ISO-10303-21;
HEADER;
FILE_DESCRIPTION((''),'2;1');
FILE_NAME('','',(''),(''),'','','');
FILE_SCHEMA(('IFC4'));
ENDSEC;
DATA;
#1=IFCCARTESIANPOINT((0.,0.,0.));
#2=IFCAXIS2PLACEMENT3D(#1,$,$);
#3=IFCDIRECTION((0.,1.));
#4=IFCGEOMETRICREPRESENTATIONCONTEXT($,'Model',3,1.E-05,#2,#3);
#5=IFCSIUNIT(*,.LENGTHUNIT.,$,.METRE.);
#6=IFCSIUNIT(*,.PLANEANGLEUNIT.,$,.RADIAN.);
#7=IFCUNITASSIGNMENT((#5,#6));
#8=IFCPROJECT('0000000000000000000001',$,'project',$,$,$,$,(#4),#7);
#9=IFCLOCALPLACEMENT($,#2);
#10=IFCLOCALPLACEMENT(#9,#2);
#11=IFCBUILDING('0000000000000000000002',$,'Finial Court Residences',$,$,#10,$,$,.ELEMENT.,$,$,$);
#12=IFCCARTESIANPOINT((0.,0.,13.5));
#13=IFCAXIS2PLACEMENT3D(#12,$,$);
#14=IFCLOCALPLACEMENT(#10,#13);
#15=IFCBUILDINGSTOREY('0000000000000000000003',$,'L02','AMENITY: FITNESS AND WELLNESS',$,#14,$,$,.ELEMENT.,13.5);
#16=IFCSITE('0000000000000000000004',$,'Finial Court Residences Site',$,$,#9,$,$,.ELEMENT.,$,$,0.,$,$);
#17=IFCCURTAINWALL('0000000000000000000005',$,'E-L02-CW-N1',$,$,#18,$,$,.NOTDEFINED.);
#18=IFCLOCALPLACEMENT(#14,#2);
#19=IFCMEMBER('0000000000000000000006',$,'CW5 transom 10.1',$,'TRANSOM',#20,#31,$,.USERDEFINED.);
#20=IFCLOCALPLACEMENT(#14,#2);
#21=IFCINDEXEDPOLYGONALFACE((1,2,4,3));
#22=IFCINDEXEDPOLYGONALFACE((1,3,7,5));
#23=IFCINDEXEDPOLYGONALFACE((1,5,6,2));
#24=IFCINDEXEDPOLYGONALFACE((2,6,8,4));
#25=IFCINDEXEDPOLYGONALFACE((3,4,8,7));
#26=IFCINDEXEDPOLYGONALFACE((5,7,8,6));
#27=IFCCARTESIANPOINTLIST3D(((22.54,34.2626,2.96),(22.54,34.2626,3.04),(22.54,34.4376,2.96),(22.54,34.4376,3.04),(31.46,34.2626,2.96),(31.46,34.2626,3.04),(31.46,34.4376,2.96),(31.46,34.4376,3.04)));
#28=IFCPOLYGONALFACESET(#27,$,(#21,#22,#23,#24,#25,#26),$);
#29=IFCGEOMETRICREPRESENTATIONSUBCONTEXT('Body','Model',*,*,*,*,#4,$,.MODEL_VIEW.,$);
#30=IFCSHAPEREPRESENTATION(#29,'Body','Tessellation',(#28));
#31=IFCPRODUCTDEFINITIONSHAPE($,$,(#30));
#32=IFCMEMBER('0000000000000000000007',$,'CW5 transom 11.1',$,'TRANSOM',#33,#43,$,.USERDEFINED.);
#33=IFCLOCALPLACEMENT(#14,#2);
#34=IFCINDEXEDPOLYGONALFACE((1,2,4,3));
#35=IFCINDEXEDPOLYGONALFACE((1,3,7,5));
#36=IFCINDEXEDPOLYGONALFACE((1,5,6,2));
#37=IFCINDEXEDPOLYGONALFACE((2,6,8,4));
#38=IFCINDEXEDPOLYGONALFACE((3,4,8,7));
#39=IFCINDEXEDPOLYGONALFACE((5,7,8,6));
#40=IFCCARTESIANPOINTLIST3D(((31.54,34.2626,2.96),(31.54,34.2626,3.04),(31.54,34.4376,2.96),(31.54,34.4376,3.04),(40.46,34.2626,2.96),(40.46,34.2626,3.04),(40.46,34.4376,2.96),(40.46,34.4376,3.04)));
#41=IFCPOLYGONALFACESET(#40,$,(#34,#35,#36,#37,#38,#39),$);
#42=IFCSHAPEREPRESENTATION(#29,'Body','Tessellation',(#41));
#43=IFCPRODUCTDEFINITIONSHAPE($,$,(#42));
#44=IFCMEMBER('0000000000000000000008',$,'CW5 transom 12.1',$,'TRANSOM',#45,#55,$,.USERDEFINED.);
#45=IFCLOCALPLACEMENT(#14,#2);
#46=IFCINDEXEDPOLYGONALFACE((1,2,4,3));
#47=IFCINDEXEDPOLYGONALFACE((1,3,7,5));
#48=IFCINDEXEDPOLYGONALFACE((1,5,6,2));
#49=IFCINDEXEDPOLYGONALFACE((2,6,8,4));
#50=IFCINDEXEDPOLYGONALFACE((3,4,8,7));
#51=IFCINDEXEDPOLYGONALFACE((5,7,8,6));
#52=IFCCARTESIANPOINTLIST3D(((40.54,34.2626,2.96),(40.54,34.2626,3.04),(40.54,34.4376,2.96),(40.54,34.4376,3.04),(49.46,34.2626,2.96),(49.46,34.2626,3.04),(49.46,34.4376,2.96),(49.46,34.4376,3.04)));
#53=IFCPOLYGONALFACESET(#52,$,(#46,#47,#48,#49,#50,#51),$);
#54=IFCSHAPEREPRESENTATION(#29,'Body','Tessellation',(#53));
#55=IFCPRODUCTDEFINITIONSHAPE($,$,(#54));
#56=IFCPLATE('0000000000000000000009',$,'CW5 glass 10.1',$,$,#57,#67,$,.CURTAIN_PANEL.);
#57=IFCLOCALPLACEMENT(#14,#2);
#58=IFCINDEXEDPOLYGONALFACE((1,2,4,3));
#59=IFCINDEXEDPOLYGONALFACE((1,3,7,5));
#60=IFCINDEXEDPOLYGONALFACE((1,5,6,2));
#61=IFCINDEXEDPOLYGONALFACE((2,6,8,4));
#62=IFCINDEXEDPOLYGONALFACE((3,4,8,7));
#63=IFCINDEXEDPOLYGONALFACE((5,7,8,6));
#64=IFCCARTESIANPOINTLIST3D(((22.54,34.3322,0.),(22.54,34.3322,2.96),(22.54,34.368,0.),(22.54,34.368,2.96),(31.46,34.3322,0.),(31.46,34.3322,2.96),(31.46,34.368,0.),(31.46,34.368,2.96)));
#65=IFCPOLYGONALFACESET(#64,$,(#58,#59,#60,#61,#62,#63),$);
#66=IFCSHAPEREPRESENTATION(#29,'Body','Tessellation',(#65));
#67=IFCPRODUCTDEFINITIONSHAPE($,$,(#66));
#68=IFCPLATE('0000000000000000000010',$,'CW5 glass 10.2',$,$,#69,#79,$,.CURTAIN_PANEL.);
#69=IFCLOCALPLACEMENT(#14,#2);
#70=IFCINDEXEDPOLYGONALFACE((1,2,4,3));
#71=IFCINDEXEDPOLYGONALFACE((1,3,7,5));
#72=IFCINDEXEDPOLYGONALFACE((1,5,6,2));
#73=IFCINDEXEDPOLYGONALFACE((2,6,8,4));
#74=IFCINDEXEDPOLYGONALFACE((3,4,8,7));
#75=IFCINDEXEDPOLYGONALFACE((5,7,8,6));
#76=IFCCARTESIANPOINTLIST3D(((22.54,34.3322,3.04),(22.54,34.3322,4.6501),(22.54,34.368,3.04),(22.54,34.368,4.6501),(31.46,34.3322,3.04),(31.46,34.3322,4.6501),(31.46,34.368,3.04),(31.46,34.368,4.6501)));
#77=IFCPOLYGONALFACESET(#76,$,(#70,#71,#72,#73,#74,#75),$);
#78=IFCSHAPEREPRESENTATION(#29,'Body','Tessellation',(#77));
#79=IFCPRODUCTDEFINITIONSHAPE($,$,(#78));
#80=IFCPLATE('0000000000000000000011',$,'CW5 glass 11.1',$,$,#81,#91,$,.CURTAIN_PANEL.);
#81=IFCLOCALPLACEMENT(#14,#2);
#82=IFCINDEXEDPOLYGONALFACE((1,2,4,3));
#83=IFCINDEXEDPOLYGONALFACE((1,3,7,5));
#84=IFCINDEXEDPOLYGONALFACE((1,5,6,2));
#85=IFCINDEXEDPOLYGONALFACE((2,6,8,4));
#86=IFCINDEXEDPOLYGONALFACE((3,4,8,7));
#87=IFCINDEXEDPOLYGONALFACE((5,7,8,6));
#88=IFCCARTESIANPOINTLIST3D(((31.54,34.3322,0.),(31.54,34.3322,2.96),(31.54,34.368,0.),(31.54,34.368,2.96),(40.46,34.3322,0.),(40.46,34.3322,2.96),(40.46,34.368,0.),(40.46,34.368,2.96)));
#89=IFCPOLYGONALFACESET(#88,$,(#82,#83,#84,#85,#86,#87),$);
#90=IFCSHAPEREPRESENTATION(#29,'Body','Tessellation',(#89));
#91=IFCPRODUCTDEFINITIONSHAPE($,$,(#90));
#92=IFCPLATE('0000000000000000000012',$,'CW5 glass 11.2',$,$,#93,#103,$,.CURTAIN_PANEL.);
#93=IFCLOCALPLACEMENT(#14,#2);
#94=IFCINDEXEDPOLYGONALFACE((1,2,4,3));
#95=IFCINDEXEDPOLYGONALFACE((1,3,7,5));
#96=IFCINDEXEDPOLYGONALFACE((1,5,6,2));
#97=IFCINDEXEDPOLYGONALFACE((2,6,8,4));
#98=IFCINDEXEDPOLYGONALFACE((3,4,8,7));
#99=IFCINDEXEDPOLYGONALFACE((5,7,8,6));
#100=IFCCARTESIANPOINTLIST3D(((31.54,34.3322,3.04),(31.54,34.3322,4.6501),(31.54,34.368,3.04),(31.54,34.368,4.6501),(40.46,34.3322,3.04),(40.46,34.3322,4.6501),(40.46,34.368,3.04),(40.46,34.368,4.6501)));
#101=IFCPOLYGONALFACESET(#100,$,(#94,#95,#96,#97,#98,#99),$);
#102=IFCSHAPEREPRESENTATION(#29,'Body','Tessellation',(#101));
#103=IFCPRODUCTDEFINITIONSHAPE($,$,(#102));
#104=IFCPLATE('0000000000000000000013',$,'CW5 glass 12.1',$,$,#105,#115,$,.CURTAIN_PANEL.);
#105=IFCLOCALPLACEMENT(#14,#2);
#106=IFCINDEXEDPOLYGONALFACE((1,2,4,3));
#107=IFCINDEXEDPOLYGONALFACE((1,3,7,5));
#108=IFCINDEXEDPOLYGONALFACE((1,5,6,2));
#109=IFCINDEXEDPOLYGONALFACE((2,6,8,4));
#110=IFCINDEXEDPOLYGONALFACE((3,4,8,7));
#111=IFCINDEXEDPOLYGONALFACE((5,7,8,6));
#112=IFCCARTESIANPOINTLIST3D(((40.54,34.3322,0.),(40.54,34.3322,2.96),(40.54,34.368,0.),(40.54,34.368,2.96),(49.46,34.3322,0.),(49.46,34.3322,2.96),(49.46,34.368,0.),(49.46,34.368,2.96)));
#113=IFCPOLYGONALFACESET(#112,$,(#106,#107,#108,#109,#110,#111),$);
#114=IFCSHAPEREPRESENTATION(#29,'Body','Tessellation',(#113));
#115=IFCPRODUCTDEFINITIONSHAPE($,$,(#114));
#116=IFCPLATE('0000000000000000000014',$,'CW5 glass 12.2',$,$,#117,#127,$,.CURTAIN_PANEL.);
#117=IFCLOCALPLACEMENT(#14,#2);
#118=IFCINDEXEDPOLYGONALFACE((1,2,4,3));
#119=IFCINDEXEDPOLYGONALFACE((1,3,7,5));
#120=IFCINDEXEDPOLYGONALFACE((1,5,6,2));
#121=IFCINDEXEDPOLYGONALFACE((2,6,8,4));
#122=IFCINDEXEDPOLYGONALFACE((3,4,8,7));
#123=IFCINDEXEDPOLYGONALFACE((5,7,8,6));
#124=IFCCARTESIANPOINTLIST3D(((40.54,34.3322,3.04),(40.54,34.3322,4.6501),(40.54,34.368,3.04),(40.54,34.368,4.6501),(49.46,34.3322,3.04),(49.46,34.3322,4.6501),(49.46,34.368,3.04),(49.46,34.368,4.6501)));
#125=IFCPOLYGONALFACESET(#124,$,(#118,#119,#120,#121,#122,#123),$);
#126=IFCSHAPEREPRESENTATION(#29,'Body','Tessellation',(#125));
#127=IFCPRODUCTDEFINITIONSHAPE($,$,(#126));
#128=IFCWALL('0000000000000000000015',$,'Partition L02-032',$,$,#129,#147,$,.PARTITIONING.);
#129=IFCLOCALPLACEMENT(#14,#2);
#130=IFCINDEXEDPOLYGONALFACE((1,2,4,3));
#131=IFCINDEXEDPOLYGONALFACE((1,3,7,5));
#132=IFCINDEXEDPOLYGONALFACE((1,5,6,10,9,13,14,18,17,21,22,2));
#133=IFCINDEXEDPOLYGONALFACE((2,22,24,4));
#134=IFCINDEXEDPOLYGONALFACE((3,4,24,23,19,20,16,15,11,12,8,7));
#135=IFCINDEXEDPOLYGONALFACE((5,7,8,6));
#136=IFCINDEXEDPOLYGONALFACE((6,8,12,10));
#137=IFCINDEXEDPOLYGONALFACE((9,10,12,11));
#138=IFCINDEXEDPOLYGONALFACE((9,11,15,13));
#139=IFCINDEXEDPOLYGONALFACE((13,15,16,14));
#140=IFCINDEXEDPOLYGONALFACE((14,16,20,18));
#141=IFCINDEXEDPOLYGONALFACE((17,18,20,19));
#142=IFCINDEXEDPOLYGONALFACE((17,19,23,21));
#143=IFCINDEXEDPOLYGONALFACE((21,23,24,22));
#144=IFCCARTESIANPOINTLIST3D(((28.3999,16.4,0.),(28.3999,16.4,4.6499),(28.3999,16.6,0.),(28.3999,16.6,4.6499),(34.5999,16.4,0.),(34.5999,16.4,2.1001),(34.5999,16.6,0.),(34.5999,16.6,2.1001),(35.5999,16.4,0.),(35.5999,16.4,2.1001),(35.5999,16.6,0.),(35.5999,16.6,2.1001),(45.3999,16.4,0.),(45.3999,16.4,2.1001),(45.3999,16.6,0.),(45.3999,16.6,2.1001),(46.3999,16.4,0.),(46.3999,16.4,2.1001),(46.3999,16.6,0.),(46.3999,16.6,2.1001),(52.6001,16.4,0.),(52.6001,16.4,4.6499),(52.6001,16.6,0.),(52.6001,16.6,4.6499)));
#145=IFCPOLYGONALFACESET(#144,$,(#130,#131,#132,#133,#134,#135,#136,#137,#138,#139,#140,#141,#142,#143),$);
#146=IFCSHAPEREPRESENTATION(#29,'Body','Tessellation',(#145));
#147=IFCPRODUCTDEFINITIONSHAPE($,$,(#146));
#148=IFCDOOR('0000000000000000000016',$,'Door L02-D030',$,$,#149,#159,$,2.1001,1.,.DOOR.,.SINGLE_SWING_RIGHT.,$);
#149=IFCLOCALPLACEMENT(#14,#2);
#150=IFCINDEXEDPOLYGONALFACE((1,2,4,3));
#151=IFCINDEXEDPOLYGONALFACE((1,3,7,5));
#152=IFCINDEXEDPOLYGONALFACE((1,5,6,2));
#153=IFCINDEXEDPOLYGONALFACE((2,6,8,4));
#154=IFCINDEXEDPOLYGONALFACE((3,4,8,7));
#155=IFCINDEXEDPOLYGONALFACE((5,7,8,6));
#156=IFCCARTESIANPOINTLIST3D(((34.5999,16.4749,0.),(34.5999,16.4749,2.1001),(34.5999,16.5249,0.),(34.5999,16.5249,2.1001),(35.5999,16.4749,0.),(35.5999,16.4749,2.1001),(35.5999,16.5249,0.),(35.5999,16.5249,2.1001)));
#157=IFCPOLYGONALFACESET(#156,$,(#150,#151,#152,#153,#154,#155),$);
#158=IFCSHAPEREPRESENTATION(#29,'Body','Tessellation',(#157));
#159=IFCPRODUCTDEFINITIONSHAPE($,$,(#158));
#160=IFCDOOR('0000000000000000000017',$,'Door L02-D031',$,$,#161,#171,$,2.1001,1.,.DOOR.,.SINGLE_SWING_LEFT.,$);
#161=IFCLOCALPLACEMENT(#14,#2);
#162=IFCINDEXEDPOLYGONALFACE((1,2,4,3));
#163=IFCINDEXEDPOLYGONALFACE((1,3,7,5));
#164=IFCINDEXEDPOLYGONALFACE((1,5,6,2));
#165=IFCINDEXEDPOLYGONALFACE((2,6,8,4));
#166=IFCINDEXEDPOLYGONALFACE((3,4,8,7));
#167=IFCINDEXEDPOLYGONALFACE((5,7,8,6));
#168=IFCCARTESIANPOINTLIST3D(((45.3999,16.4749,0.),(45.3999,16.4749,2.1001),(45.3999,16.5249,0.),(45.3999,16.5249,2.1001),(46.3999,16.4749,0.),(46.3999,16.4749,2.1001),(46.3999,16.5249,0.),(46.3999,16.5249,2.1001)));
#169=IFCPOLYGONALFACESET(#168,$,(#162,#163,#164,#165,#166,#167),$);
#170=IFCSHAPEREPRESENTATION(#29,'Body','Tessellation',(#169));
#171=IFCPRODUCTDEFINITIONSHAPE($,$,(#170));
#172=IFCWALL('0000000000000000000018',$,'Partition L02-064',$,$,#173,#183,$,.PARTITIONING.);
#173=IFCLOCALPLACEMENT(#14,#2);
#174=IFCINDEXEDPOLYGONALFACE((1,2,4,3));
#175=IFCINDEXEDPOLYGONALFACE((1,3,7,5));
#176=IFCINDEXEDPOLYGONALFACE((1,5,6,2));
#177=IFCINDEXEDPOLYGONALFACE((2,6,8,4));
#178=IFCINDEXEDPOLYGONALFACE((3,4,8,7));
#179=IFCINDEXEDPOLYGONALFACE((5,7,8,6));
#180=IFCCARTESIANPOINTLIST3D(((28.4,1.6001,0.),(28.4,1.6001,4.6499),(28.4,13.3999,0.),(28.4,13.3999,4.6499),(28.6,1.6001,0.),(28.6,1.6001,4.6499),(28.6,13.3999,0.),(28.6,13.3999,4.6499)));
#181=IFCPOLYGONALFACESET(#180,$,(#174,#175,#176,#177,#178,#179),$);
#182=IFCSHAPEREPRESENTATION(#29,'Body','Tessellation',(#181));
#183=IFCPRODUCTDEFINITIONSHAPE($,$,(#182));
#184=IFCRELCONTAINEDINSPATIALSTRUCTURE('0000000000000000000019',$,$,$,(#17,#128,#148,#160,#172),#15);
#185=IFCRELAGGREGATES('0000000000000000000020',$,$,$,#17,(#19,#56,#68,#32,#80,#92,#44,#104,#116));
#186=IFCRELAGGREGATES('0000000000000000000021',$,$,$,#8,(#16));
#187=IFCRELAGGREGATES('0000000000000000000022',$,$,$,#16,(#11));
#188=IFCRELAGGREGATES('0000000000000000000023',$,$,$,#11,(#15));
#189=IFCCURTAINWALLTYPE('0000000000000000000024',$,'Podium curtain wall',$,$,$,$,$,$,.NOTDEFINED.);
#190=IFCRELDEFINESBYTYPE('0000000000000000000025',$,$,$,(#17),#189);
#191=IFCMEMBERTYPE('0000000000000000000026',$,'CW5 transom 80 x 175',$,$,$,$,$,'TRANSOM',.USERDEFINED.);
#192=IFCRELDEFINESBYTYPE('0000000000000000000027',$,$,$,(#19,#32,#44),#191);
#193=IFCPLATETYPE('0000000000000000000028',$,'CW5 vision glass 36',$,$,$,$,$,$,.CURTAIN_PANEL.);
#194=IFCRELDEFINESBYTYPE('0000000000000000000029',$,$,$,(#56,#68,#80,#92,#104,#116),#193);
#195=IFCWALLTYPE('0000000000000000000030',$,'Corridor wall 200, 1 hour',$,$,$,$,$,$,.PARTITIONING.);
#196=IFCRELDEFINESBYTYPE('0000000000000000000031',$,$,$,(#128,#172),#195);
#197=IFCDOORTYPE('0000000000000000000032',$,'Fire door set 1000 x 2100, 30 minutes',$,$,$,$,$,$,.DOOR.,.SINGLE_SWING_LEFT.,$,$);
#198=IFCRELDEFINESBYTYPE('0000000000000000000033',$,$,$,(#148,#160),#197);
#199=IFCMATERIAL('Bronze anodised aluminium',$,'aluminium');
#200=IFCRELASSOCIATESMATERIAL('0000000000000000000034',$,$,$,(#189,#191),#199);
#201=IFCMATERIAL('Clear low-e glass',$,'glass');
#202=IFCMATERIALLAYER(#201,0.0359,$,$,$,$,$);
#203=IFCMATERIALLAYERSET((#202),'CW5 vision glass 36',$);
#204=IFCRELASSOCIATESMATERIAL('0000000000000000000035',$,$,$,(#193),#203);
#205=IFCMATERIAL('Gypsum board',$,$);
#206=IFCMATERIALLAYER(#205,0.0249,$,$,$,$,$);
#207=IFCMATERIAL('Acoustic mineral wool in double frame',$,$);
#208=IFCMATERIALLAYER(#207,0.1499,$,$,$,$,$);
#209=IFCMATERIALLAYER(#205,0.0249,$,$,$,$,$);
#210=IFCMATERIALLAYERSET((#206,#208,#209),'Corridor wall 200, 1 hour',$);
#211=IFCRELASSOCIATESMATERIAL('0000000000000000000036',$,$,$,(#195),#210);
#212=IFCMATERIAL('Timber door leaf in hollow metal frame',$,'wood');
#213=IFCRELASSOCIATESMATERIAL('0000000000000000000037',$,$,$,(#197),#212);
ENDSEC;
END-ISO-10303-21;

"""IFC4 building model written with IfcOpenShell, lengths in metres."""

from ifc_helpers import new_model, si_unit, direction, frame, frame_2d, origin, origin_2d, place, context, subcontext, project, spatial, rectangle, extrude, material, layer, layer_set, material_profile, profile_set, type_object, element, fill, aggregate, save


model = new_model("IFC4")

# Units and contexts
model_context = context("Model", 3, precision=1e-05, world=origin(), true_north=direction((0.0, 1.0)))
body_context = subcontext(model_context, "Body", "Model", "MODEL_VIEW")
ifc_project = project(units=[si_unit("LENGTHUNIT", "METRE"), si_unit("PLANEANGLEUNIT", "RADIAN")], contexts=[model_context])

# Site, building, storey
site_placement = place(None, origin())
site = spatial("IfcSite", under=ifc_project, at=site_placement, Name="Finial Court Residences Site", CompositionType="ELEMENT", RefElevation=0.0)
building_placement = place(site_placement, origin())
building = spatial("IfcBuilding", under=site, at=building_placement, Name="Finial Court Residences", CompositionType="ELEMENT")
storey_placement = place(building_placement, frame((0.0, 0.0, 13.5)))
storey = spatial("IfcBuildingStorey", under=building, at=storey_placement, Name="L02", Description="AMENITY: FITNESS AND WELLNESS", CompositionType="ELEMENT", Elevation=13.5)

# Curtain wall, members, plates
ifc_material_1 = material(Name="Bronze anodised aluminium", Category="aluminium")
curtain_wall_type = type_object("IfcCurtainWallType", Name="Podium curtain wall", PredefinedType="NOTDEFINED", material=ifc_material_1)
curtain_wall_placement = place(storey_placement, origin())
curtain_wall = element("IfcCurtainWall", 1, at=curtain_wall_placement, inside=storey, type_object=curtain_wall_type, Name="E-L02-CW-N1", PredefinedType="NOTDEFINED")
ifc_material_profile_1 = material_profile(ifc_material_1, rectangle(XDim=0.175, YDim=0.0801, at=origin_2d()), Name="CW5 transom 80 x 175")
ifc_profile_set_1 = profile_set([ifc_material_profile_1], Name="Bronze anodised aluminium")
member_type_1 = type_object("IfcMemberType", Name="CW5 transom 80 x 175", ElementType="TRANSOM", PredefinedType="USERDEFINED", material=ifc_profile_set_1)
member_1_placement = place(storey_placement, frame((22.54, 34.3501, 3.0), z_axis=(1.0, 0.0, 0.0), x_axis=(0.0, 1.0, 0.0)))
member_1 = element("IfcMember", 2, at=member_1_placement, type_object=member_type_1, Name="CW5 transom 10.1", ObjectType="TRANSOM", PredefinedType="USERDEFINED", context=body_context, shape_type="SweptSolid", body=[
    extrude(rectangle(XDim=0.175, YDim=0.0801, at=origin_2d()), origin(), (0.0, 0.0, 1.0), 8.9199),
])
member_2_placement = place(storey_placement, frame((31.54, 34.3501, 3.0), z_axis=(1.0, 0.0, 0.0), x_axis=(0.0, 1.0, 0.0)))
member_2 = element("IfcMember", 3, at=member_2_placement, type_object=member_type_1, Name="CW5 transom 11.1", ObjectType="TRANSOM", PredefinedType="USERDEFINED", context=body_context, shape_type="SweptSolid", body=[
    extrude(rectangle(XDim=0.175, YDim=0.0801, at=origin_2d()), origin(), (0.0, 0.0, 1.0), 8.9199),
])
member_3_placement = place(storey_placement, frame((40.54, 34.3501, 3.0), z_axis=(1.0, 0.0, 0.0), x_axis=(0.0, 1.0, 0.0)))
member_3 = element("IfcMember", 4, at=member_3_placement, type_object=member_type_1, Name="CW5 transom 12.1", ObjectType="TRANSOM", PredefinedType="USERDEFINED", context=body_context, shape_type="SweptSolid", body=[
    extrude(rectangle(XDim=0.175, YDim=0.0801, at=origin_2d()), origin(), (0.0, 0.0, 1.0), 8.9199),
])
ifc_material_2 = material(Name="Clear low-e glass", Category="glass")
ifc_layer_1 = layer(ifc_material_2, 0.0359)
ifc_layer_set_1 = layer_set([ifc_layer_1], Name="CW5 vision glass 36")
plate_type = type_object("IfcPlateType", Name="CW5 vision glass 36", PredefinedType="CURTAIN_PANEL", material=ifc_layer_set_1)
plate_1_placement = place(storey_placement, frame((27.0, 34.3501, 0.0), z_axis=(0.0, 0.0, 1.0), x_axis=(1.0, 0.0, 0.0)))
plate_1 = element("IfcPlate", 5, at=plate_1_placement, type_object=plate_type, Name="CW5 glass 10.1", PredefinedType="CURTAIN_PANEL", context=body_context, shape_type="SweptSolid", body=[
    extrude(rectangle(XDim=8.9199, YDim=0.0359, at=origin_2d()), origin(), (0.0, 0.0, 1.0), 2.96),
])
plate_2_placement = place(storey_placement, frame((27.0, 34.3501, 3.04), z_axis=(0.0, 0.0, 1.0), x_axis=(1.0, 0.0, 0.0)))
plate_2 = element("IfcPlate", 6, at=plate_2_placement, type_object=plate_type, Name="CW5 glass 10.2", PredefinedType="CURTAIN_PANEL", context=body_context, shape_type="SweptSolid", body=[
    extrude(rectangle(XDim=8.9199, YDim=0.0359, at=origin_2d()), origin(), (0.0, 0.0, 1.0), 1.6101),
])
plate_3_placement = place(storey_placement, frame((36.0, 34.3501, 0.0), z_axis=(0.0, 0.0, 1.0), x_axis=(1.0, 0.0, 0.0)))
plate_3 = element("IfcPlate", 7, at=plate_3_placement, type_object=plate_type, Name="CW5 glass 11.1", PredefinedType="CURTAIN_PANEL", context=body_context, shape_type="SweptSolid", body=[
    extrude(rectangle(XDim=8.9199, YDim=0.0359, at=origin_2d()), origin(), (0.0, 0.0, 1.0), 2.96),
])
plate_4_placement = place(storey_placement, frame((36.0, 34.3501, 3.04), z_axis=(0.0, 0.0, 1.0), x_axis=(1.0, 0.0, 0.0)))
plate_4 = element("IfcPlate", 8, at=plate_4_placement, type_object=plate_type, Name="CW5 glass 11.2", PredefinedType="CURTAIN_PANEL", context=body_context, shape_type="SweptSolid", body=[
    extrude(rectangle(XDim=8.9199, YDim=0.0359, at=origin_2d()), origin(), (0.0, 0.0, 1.0), 1.6101),
])
plate_5_placement = place(storey_placement, frame((45.0, 34.3501, 0.0), z_axis=(0.0, 0.0, 1.0), x_axis=(1.0, 0.0, 0.0)))
plate_5 = element("IfcPlate", 9, at=plate_5_placement, type_object=plate_type, Name="CW5 glass 12.1", PredefinedType="CURTAIN_PANEL", context=body_context, shape_type="SweptSolid", body=[
    extrude(rectangle(XDim=8.9199, YDim=0.0359, at=origin_2d()), origin(), (0.0, 0.0, 1.0), 2.96),
])
plate_6_placement = place(storey_placement, frame((45.0, 34.3501, 3.04), z_axis=(0.0, 0.0, 1.0), x_axis=(1.0, 0.0, 0.0)))
plate_6 = element("IfcPlate", 10, at=plate_6_placement, type_object=plate_type, Name="CW5 glass 12.2", PredefinedType="CURTAIN_PANEL", context=body_context, shape_type="SweptSolid", body=[
    extrude(rectangle(XDim=8.9199, YDim=0.0359, at=origin_2d()), origin(), (0.0, 0.0, 1.0), 1.6101),
])
aggregate(curtain_wall, [member_1, plate_1, plate_2, member_2, plate_3, plate_4, member_3, plate_5, plate_6])

# Wall, openings, doors
ifc_material_3 = material(Name="Gypsum board")
ifc_layer_2 = layer(ifc_material_3, 0.0249)
ifc_material_4 = material(Name="Acoustic mineral wool in double frame")
ifc_layer_3 = layer(ifc_material_4, 0.1499)
ifc_layer_4 = layer(ifc_material_3, 0.0249)
ifc_layer_set_2 = layer_set([ifc_layer_2, ifc_layer_3, ifc_layer_4], Name="Corridor wall 200, 1 hour")
wall_type_1 = type_object("IfcWallType", Name="Corridor wall 200, 1 hour", PredefinedType="PARTITIONING", material=ifc_layer_set_2)
wall_1_placement = place(storey_placement, frame((28.3999, 16.5, 0.0), z_axis=(0.0, 0.0, 1.0), x_axis=(1.0, 0.0, 0.0)))
wall_1 = element("IfcWall", 11, at=wall_1_placement, inside=storey, type_object=wall_type_1, Name="Partition L02-032", PredefinedType="PARTITIONING", context=body_context, shape_type="SweptSolid", body=[
    extrude(rectangle(XDim=24.2002, YDim=0.2, at=frame_2d((12.1001, 0.0))), origin(), (0.0, 0.0, 1.0), 4.6499),
])
opening_1_placement = place(wall_1_placement, frame((6.2, 0.0, 0.0)))
opening_1 = element("IfcOpeningElement", 12, at=opening_1_placement, cuts=wall_1, PredefinedType="OPENING", context=body_context, shape_type="SweptSolid", body=[
    extrude(rectangle(XDim=1.0, YDim=2.1001, at=frame_2d((0.5, 1.05))), frame((0.0, 0.1099, 0.0), z_axis=(0.0, -1.0, 0.0), x_axis=(1.0, 0.0, 0.0)), (0.0, 0.0, 1.0), 0.22),
])
opening_2_placement = place(wall_1_placement, frame((17.0, 0.0, 0.0)))
opening_2 = element("IfcOpeningElement", 13, at=opening_2_placement, cuts=wall_1, PredefinedType="OPENING", context=body_context, shape_type="SweptSolid", body=[
    extrude(rectangle(XDim=1.0, YDim=2.1001, at=frame_2d((0.5, 1.05))), frame((0.0, 0.1099, 0.0), z_axis=(0.0, -1.0, 0.0), x_axis=(1.0, 0.0, 0.0)), (0.0, 0.0, 1.0), 0.22),
])
ifc_material_5 = material(Name="Timber door leaf in hollow metal frame", Category="wood")
door_type = type_object("IfcDoorType", Name="Fire door set 1000 x 2100, 30 minutes", OperationType="SINGLE_SWING_LEFT", PredefinedType="DOOR", material=ifc_material_5)
door_1_placement = place(opening_1_placement, origin())
door_1 = element("IfcDoor", 14, at=door_1_placement, inside=storey, type_object=door_type, Name="Door L02-D030", OperationType="SINGLE_SWING_RIGHT", OverallHeight=2.1001, OverallWidth=1.0, PredefinedType="DOOR", context=body_context, shape_type="SweptSolid", body=[
    extrude(rectangle(XDim=1.0, YDim=2.1001, at=frame_2d((0.5, 1.05))), frame((0.0, 0.0249, 0.0), z_axis=(0.0, -1.0, 0.0), x_axis=(1.0, 0.0, 0.0)), (0.0, 0.0, 1.0), 0.05),
])
fill(opening_1, door_1)
door_2_placement = place(opening_2_placement, origin())
door_2 = element("IfcDoor", 15, at=door_2_placement, inside=storey, type_object=door_type, Name="Door L02-D031", OperationType="SINGLE_SWING_LEFT", OverallHeight=2.1001, OverallWidth=1.0, PredefinedType="DOOR", context=body_context, shape_type="SweptSolid", body=[
    extrude(rectangle(XDim=1.0, YDim=2.1001, at=frame_2d((0.5, 1.05))), frame((0.0, 0.0249, 0.0), z_axis=(0.0, -1.0, 0.0), x_axis=(1.0, 0.0, 0.0)), (0.0, 0.0, 1.0), 0.05),
])
fill(opening_2, door_2)

# Wall
wall_2_placement = place(storey_placement, frame((28.5, 1.6001, 0.0), z_axis=(0.0, 0.0, 1.0), x_axis=(0.0, 1.0, 0.0)))
element("IfcWall", 16, at=wall_2_placement, inside=storey, type_object=wall_type_1, Name="Partition L02-064", PredefinedType="PARTITIONING", context=body_context, shape_type="SweptSolid", body=[
    extrude(rectangle(XDim=11.7998, YDim=0.2, at=frame_2d((5.8999, 0.0))), origin(), (0.0, 0.0, 1.0), 4.6499),
])

save(model, "model.ifc")
